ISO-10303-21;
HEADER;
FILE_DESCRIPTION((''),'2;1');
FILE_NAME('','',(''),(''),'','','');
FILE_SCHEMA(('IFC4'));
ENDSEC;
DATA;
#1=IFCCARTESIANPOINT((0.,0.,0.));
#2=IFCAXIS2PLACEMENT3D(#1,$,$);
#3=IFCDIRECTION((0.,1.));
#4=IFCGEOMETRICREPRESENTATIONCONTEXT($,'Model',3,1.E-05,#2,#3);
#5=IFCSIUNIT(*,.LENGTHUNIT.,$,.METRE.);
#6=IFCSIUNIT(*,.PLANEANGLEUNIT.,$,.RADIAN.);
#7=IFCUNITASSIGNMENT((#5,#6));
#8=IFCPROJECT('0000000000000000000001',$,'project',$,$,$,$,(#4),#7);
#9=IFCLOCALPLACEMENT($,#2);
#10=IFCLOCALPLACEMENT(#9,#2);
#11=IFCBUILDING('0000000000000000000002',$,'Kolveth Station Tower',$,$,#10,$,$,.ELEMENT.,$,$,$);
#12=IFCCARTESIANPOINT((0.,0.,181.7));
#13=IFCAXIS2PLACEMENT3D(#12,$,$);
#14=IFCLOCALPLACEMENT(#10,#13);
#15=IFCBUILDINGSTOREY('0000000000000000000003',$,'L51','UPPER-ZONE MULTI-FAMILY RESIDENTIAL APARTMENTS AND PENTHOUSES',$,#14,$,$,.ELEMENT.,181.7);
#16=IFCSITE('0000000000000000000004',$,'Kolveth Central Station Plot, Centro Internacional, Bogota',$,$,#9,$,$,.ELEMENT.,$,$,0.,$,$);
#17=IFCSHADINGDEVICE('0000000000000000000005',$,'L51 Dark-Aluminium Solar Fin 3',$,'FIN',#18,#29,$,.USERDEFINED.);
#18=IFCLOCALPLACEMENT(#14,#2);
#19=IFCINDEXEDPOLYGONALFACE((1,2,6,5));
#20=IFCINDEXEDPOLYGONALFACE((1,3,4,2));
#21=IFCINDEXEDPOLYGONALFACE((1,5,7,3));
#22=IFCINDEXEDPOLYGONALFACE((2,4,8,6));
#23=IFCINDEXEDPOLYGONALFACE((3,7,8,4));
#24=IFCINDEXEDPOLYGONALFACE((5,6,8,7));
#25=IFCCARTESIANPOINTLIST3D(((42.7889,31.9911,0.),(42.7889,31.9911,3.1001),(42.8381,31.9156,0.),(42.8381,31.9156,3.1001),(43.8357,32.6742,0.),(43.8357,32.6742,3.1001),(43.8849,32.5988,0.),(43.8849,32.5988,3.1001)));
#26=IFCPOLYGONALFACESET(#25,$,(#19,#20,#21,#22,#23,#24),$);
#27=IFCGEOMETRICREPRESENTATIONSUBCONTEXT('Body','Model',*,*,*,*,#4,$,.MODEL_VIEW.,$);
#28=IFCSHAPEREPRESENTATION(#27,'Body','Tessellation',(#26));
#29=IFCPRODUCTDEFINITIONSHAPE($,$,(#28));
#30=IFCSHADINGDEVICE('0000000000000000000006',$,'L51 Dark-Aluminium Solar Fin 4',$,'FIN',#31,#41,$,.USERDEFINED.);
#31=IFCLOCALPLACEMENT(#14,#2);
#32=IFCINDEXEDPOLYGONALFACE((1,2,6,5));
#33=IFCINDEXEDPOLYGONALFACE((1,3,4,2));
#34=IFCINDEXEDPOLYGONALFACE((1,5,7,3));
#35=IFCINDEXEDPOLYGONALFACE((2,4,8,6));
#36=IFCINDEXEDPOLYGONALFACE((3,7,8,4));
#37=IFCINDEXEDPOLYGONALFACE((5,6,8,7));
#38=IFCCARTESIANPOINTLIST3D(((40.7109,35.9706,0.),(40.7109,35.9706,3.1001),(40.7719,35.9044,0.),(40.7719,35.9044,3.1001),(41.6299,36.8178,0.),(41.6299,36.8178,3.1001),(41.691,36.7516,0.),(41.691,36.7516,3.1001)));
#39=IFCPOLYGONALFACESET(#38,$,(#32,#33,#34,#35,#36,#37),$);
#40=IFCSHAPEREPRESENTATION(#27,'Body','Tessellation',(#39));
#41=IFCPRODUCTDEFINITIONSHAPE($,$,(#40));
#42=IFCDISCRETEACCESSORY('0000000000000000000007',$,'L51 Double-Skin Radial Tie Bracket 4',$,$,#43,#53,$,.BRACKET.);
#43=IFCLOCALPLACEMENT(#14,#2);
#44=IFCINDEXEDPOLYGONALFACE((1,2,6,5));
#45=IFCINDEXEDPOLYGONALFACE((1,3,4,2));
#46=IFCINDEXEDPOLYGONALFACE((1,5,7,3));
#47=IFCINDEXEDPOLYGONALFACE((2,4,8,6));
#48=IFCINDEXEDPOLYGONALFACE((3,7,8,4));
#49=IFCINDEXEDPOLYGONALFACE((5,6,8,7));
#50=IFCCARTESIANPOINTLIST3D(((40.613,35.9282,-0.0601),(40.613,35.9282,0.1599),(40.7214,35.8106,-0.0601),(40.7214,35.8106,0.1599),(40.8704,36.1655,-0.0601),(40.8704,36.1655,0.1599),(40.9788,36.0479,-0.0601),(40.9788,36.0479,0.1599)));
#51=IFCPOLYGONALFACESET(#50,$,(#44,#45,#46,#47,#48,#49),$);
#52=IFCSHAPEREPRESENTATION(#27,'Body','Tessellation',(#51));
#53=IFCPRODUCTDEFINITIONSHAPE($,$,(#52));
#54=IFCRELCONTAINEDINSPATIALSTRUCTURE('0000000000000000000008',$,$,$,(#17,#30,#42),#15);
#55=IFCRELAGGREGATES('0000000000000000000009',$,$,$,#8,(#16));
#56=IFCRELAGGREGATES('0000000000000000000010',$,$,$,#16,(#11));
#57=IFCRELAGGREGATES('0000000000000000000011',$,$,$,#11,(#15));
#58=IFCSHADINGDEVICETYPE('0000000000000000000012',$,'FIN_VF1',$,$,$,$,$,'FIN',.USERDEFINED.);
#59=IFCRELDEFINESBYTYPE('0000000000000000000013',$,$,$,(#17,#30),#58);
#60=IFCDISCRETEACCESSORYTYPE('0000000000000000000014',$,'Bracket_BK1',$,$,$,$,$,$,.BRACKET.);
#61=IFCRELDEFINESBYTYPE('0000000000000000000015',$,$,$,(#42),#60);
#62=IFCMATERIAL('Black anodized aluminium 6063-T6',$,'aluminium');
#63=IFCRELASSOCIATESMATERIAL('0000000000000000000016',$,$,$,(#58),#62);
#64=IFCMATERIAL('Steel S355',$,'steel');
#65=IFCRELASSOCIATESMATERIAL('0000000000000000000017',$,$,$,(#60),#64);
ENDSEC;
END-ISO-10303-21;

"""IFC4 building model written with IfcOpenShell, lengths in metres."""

from ifc_helpers import new_model, si_unit, direction, frame, origin, origin_2d, place, context, subcontext, project, spatial, rectangle, extrude, source, transform, mapped, material, type_object, element, save


model = new_model("IFC4")

# Units and contexts
model_context = context("Model", 3, precision=1e-05, world=origin(), true_north=direction((0.0, 1.0)))
body_context = subcontext(model_context, "Body", "Model", "MODEL_VIEW")
ifc_project = project(units=[si_unit("LENGTHUNIT", "METRE"), si_unit("PLANEANGLEUNIT", "RADIAN")], contexts=[model_context])

# Site, building, storey
site_placement = place(None, origin())
site = spatial("IfcSite", under=ifc_project, at=site_placement, Name="Kolveth Central Station Plot, Centro Internacional, Bogota", CompositionType="ELEMENT", RefElevation=0.0)
building_placement = place(site_placement, origin())
building = spatial("IfcBuilding", under=site, at=building_placement, Name="Kolveth Station Tower", CompositionType="ELEMENT")
storey_placement = place(building_placement, frame((0.0, 0.0, 181.7)))
storey = spatial("IfcBuildingStorey", under=building, at=storey_placement, Name="L51", Description="UPPER-ZONE MULTI-FAMILY RESIDENTIAL APARTMENTS AND PENTHOUSES", CompositionType="ELEMENT", Elevation=181.7)

# Shared definitions
ifc_material_1 = material(Name="Steel S355", Category="steel")

# Shared definitions
ifc_material_2 = material(Name="Black anodized aluminium 6063-T6", Category="aluminium")

# Shading devices
shading_device_type = type_object("IfcShadingDeviceType", Name="FIN_VF1", ElementType="FIN", PredefinedType="USERDEFINED", material=ifc_material_2)
shared_shape_1 = source(origin(), body_context, "Body", "SweptSolid", [
    extrude(rectangle(XDim=1.25, YDim=0.0901, at=origin_2d()), origin(), (0.0, 0.0, 1.0), 3.1001),
])
for number, where, z_axis, x_axis, name in (
    (1, (43.3369, 32.2949, 0.0), (0.0, 0.0, 1.0), (0.837433, 0.546541, 0.0), "L51 Dark-Aluminium Solar Fin 3"),
    (2, (41.2009, 36.3611, 0.0), (0.0, 0.0, 1.0), (0.73527, 0.677775, 0.0), "L51 Dark-Aluminium Solar Fin 4"),
):
    element("IfcShadingDevice", number, at=place(storey_placement, frame(where, z_axis=z_axis, x_axis=x_axis)), inside=storey, type_object=shading_device_type, Name=name, ObjectType="FIN", PredefinedType="USERDEFINED", context=body_context, shape_type="MappedRepresentation", body=[
        mapped(shared_shape_1, transform((0.0, 0.0, 0.0), x_axis=(1.0, 0.0, 0.0), y_axis=(0.0, 1.0, 0.0), z_axis=(0.0, 0.0, 1.0), scale=1.0)),
    ])

# Discrete accessory
discrete_accessory_type = type_object("IfcDiscreteAccessoryType", Name="Bracket_BK1", PredefinedType="BRACKET", material=ifc_material_1)
shared_shape_2 = source(origin(), body_context, "Body", "SweptSolid", [
    extrude(rectangle(XDim=0.3501, YDim=0.1599, at=origin_2d()), origin(), (0.0, 0.0, 1.0), 0.22),
])
discrete_accessory_placement = place(storey_placement, frame((40.7959, 35.988, -0.0601), z_axis=(0.0, 0.0, 1.0), x_axis=(0.73527, 0.677775, 0.0)))
element("IfcDiscreteAccessory", 3, at=discrete_accessory_placement, inside=storey, type_object=discrete_accessory_type, Name="L51 Double-Skin Radial Tie Bracket 4", PredefinedType="BRACKET", context=body_context, shape_type="MappedRepresentation", body=[
    mapped(shared_shape_2, transform((0.0, 0.0, 0.0), x_axis=(1.0, 0.0, 0.0), y_axis=(0.0, 1.0, 0.0), z_axis=(0.0, 0.0, 1.0), scale=1.0)),
])

save(model, "model.ifc")
